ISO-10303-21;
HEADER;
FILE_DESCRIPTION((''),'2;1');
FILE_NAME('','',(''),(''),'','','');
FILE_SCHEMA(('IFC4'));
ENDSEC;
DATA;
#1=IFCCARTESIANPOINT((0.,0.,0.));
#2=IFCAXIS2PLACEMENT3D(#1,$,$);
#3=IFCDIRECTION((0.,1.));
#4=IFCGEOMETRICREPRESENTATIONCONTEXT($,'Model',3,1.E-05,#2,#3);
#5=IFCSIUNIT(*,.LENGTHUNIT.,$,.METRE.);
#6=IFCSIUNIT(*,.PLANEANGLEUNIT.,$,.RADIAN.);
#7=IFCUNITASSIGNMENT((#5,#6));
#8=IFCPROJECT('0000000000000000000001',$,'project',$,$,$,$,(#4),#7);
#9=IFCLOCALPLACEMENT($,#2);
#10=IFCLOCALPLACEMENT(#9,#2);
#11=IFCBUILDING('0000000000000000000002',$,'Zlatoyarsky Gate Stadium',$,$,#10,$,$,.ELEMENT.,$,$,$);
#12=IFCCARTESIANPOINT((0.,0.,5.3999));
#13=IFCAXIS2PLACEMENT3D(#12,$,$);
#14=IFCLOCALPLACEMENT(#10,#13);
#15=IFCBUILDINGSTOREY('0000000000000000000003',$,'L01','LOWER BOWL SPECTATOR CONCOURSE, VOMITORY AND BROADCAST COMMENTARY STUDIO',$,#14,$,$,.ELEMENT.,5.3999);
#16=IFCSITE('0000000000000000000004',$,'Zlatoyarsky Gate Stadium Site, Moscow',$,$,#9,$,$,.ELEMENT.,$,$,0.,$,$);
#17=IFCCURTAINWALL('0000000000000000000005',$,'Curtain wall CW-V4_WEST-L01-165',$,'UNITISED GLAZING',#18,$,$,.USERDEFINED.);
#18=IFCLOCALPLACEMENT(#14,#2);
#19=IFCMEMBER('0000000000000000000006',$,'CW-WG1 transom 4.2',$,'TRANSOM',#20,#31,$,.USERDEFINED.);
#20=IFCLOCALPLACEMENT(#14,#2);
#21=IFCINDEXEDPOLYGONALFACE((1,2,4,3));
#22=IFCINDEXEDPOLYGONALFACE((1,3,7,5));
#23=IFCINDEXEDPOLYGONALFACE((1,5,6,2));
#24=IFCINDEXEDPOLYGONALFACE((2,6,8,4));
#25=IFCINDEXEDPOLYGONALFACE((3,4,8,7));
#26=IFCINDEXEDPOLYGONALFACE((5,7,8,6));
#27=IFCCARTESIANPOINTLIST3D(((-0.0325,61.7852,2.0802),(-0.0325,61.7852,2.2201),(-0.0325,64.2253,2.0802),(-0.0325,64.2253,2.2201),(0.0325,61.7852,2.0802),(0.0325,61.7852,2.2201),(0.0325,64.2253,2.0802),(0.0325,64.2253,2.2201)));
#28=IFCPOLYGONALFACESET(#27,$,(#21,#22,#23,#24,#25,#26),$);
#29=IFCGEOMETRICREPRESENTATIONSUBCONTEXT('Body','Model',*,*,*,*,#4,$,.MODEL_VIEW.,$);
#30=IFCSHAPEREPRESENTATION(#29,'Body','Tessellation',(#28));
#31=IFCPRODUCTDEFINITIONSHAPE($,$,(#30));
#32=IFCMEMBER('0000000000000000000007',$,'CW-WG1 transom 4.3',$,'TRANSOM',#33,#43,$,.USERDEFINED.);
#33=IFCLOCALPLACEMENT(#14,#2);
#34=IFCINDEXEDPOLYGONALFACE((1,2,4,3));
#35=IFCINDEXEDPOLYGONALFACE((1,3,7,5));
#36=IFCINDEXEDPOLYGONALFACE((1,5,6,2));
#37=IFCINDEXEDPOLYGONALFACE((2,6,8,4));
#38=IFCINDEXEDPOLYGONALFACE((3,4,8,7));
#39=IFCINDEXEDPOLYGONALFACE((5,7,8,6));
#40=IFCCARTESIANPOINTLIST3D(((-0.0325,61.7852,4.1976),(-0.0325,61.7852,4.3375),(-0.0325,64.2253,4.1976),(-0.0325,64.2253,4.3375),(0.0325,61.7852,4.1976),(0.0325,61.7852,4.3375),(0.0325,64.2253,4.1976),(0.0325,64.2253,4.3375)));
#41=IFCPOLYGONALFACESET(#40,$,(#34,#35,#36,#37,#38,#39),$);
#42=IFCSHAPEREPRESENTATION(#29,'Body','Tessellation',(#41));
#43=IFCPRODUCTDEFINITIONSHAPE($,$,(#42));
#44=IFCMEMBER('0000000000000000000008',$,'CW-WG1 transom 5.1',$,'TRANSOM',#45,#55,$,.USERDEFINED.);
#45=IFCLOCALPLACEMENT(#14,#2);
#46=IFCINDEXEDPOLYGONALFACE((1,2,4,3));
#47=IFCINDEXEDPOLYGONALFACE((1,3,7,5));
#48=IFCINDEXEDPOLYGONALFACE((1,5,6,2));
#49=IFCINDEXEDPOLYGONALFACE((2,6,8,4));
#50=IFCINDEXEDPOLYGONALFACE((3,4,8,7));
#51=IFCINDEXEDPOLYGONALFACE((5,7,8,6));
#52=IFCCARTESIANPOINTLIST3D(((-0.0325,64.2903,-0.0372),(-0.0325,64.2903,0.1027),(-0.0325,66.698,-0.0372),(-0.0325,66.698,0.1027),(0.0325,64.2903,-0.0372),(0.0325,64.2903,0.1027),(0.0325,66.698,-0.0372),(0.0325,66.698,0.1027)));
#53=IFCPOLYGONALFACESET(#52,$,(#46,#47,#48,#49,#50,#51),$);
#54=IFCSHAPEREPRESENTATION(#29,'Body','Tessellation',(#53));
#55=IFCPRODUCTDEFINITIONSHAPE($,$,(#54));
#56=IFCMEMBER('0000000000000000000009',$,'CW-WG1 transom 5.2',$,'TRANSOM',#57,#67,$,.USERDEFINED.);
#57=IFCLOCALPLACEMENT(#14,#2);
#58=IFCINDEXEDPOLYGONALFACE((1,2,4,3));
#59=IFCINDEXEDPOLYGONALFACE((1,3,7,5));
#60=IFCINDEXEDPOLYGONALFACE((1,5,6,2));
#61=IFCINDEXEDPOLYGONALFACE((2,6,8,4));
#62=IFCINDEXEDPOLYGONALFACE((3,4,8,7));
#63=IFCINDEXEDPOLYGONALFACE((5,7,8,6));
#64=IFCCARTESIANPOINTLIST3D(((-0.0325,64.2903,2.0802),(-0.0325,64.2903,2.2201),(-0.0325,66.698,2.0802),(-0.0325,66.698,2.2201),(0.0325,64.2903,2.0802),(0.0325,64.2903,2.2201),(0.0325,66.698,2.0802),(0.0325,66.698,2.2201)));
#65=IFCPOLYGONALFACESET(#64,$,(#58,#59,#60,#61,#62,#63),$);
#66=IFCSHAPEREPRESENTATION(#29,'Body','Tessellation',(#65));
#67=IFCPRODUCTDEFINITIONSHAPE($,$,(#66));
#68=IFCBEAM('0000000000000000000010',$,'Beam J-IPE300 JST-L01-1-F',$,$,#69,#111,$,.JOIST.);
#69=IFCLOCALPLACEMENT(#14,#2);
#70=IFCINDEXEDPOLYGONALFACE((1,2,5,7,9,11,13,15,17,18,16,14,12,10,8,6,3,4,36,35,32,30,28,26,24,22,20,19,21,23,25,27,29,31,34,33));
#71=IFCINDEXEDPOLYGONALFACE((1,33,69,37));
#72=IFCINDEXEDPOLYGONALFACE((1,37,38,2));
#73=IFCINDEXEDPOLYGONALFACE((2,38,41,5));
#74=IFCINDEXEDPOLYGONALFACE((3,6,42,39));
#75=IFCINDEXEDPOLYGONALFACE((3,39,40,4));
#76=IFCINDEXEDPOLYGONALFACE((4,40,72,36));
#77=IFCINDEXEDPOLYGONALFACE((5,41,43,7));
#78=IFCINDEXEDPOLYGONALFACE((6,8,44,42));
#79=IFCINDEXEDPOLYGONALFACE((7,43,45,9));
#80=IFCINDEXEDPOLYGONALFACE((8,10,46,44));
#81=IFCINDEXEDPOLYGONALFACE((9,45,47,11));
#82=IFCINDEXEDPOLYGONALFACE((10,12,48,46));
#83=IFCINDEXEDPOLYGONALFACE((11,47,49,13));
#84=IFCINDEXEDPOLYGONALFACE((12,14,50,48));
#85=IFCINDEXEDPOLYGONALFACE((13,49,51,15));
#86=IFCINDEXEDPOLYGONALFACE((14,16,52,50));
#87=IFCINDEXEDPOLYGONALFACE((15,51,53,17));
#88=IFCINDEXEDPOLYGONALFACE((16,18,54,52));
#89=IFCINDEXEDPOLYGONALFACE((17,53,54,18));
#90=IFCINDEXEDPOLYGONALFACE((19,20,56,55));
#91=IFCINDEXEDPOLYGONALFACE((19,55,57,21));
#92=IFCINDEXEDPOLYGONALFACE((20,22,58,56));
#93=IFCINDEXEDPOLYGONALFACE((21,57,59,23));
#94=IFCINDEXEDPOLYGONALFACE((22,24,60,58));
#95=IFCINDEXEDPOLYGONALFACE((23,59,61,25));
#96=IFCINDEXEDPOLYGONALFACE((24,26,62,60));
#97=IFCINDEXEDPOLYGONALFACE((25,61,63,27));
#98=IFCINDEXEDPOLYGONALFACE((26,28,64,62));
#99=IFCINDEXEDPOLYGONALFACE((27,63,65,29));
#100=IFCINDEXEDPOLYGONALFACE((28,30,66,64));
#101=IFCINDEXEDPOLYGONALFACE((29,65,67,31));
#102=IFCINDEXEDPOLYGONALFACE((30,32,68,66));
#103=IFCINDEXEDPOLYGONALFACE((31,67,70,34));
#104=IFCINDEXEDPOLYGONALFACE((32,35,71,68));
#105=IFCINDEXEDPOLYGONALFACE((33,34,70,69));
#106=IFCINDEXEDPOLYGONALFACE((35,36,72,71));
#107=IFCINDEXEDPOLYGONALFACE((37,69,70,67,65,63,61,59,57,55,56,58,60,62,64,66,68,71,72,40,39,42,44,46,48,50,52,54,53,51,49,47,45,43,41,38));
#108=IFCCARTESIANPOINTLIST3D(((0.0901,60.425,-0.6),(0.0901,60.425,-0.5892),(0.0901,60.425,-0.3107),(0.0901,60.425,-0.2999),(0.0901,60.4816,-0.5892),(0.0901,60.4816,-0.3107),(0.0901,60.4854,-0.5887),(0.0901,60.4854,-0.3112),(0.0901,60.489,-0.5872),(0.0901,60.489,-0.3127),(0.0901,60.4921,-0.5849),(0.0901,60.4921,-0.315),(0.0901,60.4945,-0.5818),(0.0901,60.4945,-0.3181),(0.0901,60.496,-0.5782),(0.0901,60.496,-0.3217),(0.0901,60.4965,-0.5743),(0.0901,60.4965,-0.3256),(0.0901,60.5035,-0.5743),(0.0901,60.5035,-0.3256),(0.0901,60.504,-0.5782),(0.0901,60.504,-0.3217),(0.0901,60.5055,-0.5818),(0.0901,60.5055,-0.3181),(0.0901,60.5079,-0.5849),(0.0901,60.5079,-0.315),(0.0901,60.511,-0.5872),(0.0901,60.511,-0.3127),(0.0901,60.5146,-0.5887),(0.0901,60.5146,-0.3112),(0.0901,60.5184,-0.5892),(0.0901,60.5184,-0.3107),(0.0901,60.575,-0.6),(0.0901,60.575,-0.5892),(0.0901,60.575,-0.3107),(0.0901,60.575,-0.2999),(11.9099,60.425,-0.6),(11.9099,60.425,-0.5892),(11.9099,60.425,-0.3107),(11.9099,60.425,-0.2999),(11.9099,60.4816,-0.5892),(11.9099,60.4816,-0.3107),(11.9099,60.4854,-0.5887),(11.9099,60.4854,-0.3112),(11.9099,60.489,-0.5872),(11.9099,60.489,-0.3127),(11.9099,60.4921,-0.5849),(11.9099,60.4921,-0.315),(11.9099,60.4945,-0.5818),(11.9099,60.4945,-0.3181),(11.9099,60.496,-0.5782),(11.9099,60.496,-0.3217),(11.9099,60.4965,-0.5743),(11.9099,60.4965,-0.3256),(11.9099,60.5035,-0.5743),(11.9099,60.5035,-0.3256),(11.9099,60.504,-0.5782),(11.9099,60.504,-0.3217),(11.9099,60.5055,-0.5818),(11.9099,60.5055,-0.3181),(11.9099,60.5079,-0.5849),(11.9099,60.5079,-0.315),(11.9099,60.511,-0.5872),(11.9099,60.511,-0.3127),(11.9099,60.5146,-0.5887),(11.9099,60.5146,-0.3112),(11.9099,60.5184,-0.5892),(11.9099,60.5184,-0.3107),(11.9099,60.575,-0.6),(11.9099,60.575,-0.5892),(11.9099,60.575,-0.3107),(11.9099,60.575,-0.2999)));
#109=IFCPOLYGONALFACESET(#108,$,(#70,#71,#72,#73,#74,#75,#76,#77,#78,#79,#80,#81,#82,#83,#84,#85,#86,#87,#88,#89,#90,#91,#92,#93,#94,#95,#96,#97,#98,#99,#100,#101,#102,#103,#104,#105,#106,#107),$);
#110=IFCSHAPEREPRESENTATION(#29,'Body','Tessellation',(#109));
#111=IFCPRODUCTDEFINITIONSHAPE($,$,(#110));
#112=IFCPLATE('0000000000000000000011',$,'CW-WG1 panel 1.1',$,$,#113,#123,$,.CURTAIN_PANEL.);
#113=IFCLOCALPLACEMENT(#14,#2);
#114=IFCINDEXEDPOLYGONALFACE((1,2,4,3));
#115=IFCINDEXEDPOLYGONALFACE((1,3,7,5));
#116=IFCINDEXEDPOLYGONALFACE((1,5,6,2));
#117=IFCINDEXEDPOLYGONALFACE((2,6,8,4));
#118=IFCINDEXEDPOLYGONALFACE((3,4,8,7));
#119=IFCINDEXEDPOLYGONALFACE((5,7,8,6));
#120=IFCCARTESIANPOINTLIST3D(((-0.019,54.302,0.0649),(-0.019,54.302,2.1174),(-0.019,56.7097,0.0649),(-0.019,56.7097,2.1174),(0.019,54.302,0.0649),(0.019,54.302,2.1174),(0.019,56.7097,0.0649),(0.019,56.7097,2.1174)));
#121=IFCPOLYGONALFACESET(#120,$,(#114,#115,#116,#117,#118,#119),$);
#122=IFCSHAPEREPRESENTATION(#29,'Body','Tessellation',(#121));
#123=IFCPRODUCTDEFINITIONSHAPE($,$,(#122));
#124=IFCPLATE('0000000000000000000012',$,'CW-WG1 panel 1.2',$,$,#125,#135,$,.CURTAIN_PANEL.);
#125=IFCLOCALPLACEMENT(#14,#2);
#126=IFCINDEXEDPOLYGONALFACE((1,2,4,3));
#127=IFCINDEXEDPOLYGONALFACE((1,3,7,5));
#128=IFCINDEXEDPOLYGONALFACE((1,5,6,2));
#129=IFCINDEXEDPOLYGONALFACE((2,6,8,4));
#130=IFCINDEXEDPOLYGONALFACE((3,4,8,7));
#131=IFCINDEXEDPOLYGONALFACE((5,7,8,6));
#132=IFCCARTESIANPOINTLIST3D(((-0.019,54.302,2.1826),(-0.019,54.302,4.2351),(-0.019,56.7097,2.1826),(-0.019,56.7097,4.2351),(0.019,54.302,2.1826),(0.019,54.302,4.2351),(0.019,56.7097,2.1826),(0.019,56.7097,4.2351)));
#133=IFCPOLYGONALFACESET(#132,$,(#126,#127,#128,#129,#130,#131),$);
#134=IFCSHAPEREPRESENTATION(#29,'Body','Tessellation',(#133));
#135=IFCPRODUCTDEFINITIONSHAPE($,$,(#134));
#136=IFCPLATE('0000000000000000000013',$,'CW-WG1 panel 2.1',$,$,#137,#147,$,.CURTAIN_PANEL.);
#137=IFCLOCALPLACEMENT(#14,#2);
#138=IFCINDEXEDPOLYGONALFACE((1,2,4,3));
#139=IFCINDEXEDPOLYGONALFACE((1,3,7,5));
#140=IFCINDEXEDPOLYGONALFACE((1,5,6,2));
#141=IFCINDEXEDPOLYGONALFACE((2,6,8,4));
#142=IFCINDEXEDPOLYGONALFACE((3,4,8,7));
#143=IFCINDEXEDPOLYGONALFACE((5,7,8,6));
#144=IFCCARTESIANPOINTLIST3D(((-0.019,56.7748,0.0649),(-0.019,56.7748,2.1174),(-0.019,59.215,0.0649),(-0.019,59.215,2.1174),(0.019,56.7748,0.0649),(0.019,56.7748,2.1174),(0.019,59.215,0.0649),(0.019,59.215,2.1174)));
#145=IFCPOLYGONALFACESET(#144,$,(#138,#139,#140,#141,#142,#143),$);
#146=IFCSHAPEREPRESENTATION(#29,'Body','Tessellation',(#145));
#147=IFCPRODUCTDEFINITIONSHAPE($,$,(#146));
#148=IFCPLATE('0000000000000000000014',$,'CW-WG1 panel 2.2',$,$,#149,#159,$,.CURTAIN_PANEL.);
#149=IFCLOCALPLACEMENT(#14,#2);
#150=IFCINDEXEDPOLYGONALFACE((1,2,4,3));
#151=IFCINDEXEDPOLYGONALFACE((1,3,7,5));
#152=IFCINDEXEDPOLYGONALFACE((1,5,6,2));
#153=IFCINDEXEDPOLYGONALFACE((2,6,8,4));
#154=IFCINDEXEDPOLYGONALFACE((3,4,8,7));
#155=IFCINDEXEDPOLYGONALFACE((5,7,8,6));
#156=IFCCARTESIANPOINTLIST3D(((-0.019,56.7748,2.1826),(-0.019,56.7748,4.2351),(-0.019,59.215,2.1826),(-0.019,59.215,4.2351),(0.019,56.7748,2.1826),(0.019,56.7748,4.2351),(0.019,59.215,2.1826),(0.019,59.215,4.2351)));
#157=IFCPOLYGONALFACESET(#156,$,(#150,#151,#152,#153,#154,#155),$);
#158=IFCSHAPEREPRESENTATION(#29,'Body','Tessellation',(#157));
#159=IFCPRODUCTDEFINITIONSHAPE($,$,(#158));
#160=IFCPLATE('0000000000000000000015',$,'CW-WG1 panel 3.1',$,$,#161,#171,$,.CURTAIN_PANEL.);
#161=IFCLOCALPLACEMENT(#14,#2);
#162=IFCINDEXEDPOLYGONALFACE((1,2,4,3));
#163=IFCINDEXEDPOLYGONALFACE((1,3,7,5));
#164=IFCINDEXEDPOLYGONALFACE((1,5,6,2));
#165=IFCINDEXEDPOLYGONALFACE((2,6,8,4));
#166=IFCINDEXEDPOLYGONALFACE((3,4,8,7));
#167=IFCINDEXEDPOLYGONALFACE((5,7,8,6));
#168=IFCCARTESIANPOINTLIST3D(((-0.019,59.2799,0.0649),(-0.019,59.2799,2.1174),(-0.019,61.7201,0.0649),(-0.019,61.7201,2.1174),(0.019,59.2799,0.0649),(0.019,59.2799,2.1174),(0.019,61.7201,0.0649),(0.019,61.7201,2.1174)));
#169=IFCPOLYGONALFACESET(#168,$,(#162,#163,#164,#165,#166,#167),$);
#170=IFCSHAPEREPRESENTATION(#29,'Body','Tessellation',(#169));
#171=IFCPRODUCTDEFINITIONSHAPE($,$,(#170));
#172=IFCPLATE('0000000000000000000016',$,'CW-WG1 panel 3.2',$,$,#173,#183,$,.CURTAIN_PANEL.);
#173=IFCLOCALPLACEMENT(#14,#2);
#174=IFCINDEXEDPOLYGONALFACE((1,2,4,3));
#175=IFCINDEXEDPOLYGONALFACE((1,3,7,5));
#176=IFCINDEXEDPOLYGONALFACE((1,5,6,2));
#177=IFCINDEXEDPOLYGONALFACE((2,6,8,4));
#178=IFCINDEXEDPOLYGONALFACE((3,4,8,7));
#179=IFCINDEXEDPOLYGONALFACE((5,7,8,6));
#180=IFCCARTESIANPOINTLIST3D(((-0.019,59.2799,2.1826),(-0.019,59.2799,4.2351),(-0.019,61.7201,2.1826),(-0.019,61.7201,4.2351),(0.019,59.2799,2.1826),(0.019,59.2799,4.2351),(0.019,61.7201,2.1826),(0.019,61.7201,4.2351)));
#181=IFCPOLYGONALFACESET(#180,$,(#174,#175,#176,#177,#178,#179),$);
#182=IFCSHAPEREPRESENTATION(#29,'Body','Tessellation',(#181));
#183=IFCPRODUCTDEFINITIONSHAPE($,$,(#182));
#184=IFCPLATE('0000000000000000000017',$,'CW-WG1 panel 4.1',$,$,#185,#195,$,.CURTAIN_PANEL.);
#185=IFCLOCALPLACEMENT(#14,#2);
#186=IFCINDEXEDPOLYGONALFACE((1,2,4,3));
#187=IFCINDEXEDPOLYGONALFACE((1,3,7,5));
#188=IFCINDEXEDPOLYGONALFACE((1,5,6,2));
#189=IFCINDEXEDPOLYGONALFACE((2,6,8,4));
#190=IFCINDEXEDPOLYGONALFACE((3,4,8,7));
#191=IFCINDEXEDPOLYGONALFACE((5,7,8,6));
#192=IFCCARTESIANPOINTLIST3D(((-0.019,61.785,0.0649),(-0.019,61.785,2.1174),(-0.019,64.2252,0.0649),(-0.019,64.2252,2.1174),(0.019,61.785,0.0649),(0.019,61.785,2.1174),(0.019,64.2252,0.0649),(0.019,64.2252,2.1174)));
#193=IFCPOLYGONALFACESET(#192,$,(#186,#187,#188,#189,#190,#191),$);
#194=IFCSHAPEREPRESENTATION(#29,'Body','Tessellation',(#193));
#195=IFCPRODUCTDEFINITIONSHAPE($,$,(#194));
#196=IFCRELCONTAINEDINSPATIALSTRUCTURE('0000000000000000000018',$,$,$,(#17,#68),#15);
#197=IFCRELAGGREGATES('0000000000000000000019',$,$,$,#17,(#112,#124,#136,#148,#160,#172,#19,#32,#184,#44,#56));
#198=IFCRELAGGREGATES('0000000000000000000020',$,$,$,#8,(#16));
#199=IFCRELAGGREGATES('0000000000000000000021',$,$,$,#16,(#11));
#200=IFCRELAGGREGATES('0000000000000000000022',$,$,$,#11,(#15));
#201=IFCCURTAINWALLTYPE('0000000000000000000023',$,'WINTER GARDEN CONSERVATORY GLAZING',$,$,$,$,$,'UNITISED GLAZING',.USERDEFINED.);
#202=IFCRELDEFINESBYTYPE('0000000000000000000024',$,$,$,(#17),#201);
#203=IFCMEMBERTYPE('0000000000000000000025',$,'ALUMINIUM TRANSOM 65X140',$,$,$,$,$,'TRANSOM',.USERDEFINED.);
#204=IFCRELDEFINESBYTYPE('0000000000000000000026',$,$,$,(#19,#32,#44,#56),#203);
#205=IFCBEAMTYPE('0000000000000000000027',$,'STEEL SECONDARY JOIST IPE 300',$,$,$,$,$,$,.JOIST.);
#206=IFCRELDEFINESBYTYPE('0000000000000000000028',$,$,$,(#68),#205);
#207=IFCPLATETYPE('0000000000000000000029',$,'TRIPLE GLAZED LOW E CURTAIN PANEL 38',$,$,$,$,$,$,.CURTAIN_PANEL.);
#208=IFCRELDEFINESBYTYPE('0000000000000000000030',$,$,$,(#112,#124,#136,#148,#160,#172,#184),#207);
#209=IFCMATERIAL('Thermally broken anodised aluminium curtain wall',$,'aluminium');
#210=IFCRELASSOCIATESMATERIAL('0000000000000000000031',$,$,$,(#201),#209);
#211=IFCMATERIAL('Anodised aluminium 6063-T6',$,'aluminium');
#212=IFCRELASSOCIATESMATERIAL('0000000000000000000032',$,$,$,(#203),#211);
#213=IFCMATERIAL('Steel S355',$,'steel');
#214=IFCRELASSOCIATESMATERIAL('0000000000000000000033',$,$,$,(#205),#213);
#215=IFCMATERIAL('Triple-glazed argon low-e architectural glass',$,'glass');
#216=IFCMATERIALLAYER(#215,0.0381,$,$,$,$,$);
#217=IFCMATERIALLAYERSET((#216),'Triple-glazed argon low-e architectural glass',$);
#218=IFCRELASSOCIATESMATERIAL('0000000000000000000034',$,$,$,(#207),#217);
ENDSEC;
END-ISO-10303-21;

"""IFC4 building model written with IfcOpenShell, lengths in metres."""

from ifc_helpers import new_model, si_unit, direction, frame, origin, origin_2d, place, context, subcontext, project, spatial, rectangle, i_section, extrude, material, layer, layer_set, material_profile, profile_set, type_object, element, aggregate, save


model = new_model("IFC4")

# Units and contexts
model_context = context("Model", 3, precision=1e-05, world=origin(), true_north=direction((0.0, 1.0)))
body_context = subcontext(model_context, "Body", "Model", "MODEL_VIEW")
ifc_project = project(units=[si_unit("LENGTHUNIT", "METRE"), si_unit("PLANEANGLEUNIT", "RADIAN")], contexts=[model_context])

# Site, building, storey
site_placement = place(None, origin())
site = spatial("IfcSite", under=ifc_project, at=site_placement, Name="Zlatoyarsky Gate Stadium Site, Moscow", CompositionType="ELEMENT", RefElevation=0.0)
building_placement = place(site_placement, origin())
building = spatial("IfcBuilding", under=site, at=building_placement, Name="Zlatoyarsky Gate Stadium", CompositionType="ELEMENT")
storey_placement = place(building_placement, frame((0.0, 0.0, 5.3999)))
storey = spatial("IfcBuildingStorey", under=building, at=storey_placement, Name="L01", Description="LOWER BOWL SPECTATOR CONCOURSE, VOMITORY AND BROADCAST COMMENTARY STUDIO", CompositionType="ELEMENT", Elevation=5.3999)

# Curtain wall, members
ifc_material_1 = material(Name="Thermally broken anodised aluminium curtain wall", Category="aluminium")
curtain_wall_type = type_object("IfcCurtainWallType", Name="WINTER GARDEN CONSERVATORY GLAZING", ElementType="UNITISED GLAZING", PredefinedType="USERDEFINED", material=ifc_material_1)
curtain_wall_placement = place(storey_placement, origin())
curtain_wall = element("IfcCurtainWall", 1, at=curtain_wall_placement, inside=storey, type_object=curtain_wall_type, Name="Curtain wall CW-V4_WEST-L01-165", ObjectType="UNITISED GLAZING", PredefinedType="USERDEFINED")
ifc_material_2 = material(Name="Anodised aluminium 6063-T6", Category="aluminium")
ifc_material_profile_1 = material_profile(ifc_material_2, rectangle(XDim=0.0649, YDim=0.1399, at=origin_2d()), Name="ALU 65X140")
ifc_profile_set_1 = profile_set([ifc_material_profile_1], Name="Anodised aluminium 6063-T6")
member_type_1 = type_object("IfcMemberType", Name="ALUMINIUM TRANSOM 65X140", ElementType="TRANSOM", PredefinedType="USERDEFINED", material=ifc_profile_set_1)
member_1_placement = place(storey_placement, frame((0.0, 61.7852, 2.1501), z_axis=(0.0, 1.0, 0.0), x_axis=(-1.0, 0.0, 0.0)))
member_1 = element("IfcMember", 2, at=member_1_placement, type_object=member_type_1, Name="CW-WG1 transom 4.2", ObjectType="TRANSOM", PredefinedType="USERDEFINED", context=body_context, shape_type="SweptSolid", body=[
    extrude(rectangle(XDim=0.0649, YDim=0.1399, at=origin_2d()), origin(), (0.0, 0.0, 1.0), 2.4402),
])
member_2_placement = place(storey_placement, frame((0.0, 61.7852, 4.2676), z_axis=(0.0, 1.0, 0.0), x_axis=(-1.0, 0.0, 0.0)))
member_2 = element("IfcMember", 3, at=member_2_placement, type_object=member_type_1, Name="CW-WG1 transom 4.3", ObjectType="TRANSOM", PredefinedType="USERDEFINED", context=body_context, shape_type="SweptSolid", body=[
    extrude(rectangle(XDim=0.0649, YDim=0.1399, at=origin_2d()), origin(), (0.0, 0.0, 1.0), 2.4402),
])
member_3_placement = place(storey_placement, frame((0.0, 64.2903, 0.0327), z_axis=(0.0, 1.0, 0.0), x_axis=(-1.0, 0.0, 0.0)))
member_3 = element("IfcMember", 4, at=member_3_placement, type_object=member_type_1, Name="CW-WG1 transom 5.1", ObjectType="TRANSOM", PredefinedType="USERDEFINED", context=body_context, shape_type="SweptSolid", body=[
    extrude(rectangle(XDim=0.0649, YDim=0.1399, at=origin_2d()), origin(), (0.0, 0.0, 1.0), 2.4077),
])
member_4_placement = place(storey_placement, frame((0.0, 64.2903, 2.1501), z_axis=(0.0, 1.0, 0.0), x_axis=(-1.0, 0.0, 0.0)))
member_4 = element("IfcMember", 5, at=member_4_placement, type_object=member_type_1, Name="CW-WG1 transom 5.2", ObjectType="TRANSOM", PredefinedType="USERDEFINED", context=body_context, shape_type="SweptSolid", body=[
    extrude(rectangle(XDim=0.0649, YDim=0.1399, at=origin_2d()), origin(), (0.0, 0.0, 1.0), 2.4077),
])

# Beam
ifc_material_3 = material(Name="Steel S355", Category="steel")
ifc_material_profile_2 = material_profile(ifc_material_3, i_section(OverallWidth=0.1499, OverallDepth=0.3, WebThickness=0.0071, FlangeThickness=0.0107, FilletRadius=0.0149, at=origin_2d()), Name="IPE 300")
ifc_profile_set_2 = profile_set([ifc_material_profile_2], Name="Steel S355")
beam_type = type_object("IfcBeamType", Name="STEEL SECONDARY JOIST IPE 300", PredefinedType="JOIST", material=ifc_profile_set_2)
beam_placement = place(storey_placement, frame((0.0901, 60.5, -0.45), z_axis=(1.0, 0.0, 0.0), x_axis=(0.0, 1.0, 0.0)))
element("IfcBeam", 6, at=beam_placement, inside=storey, type_object=beam_type, Name="Beam J-IPE300 JST-L01-1-F", PredefinedType="JOIST", context=body_context, shape_type="SweptSolid", body=[
    extrude(i_section(OverallWidth=0.1499, OverallDepth=0.3, WebThickness=0.0071, FlangeThickness=0.0107, FilletRadius=0.0149, at=origin_2d()), origin(), (0.0, 0.0, 1.0), 11.8198),
])

# Plates
ifc_material_4 = material(Name="Triple-glazed argon low-e architectural glass", Category="glass")
ifc_layer = layer(ifc_material_4, 0.0381)
ifc_layer_set = layer_set([ifc_layer], Name="Triple-glazed argon low-e architectural glass")
plate_type = type_object("IfcPlateType", Name="TRIPLE GLAZED LOW E CURTAIN PANEL 38", PredefinedType="CURTAIN_PANEL", material=ifc_layer_set)
plate_1_placement = place(storey_placement, frame((0.0, 55.5059, 0.0649), z_axis=(0.0, 0.0, 1.0), x_axis=(0.0, 1.0, 0.0)))
plate_1 = element("IfcPlate", 7, at=plate_1_placement, type_object=plate_type, Name="CW-WG1 panel 1.1", PredefinedType="CURTAIN_PANEL", context=body_context, shape_type="SweptSolid", body=[
    extrude(rectangle(XDim=2.4077, YDim=0.0381, at=origin_2d()), origin(), (0.0, 0.0, 1.0), 2.0525),
])
plate_2_placement = place(storey_placement, frame((0.0, 55.5059, 2.1826), z_axis=(0.0, 0.0, 1.0), x_axis=(0.0, 1.0, 0.0)))
plate_2 = element("IfcPlate", 8, at=plate_2_placement, type_object=plate_type, Name="CW-WG1 panel 1.2", PredefinedType="CURTAIN_PANEL", context=body_context, shape_type="SweptSolid", body=[
    extrude(rectangle(XDim=2.4077, YDim=0.0381, at=origin_2d()), origin(), (0.0, 0.0, 1.0), 2.0525),
])
plate_3_placement = place(storey_placement, frame((0.0, 57.9949, 0.0649), z_axis=(0.0, 0.0, 1.0), x_axis=(0.0, 1.0, 0.0)))
plate_3 = element("IfcPlate", 9, at=plate_3_placement, type_object=plate_type, Name="CW-WG1 panel 2.1", PredefinedType="CURTAIN_PANEL", context=body_context, shape_type="SweptSolid", body=[
    extrude(rectangle(XDim=2.4402, YDim=0.0381, at=origin_2d()), origin(), (0.0, 0.0, 1.0), 2.0525),
])
plate_4_placement = place(storey_placement, frame((0.0, 57.9949, 2.1826), z_axis=(0.0, 0.0, 1.0), x_axis=(0.0, 1.0, 0.0)))
plate_4 = element("IfcPlate", 10, at=plate_4_placement, type_object=plate_type, Name="CW-WG1 panel 2.2", PredefinedType="CURTAIN_PANEL", context=body_context, shape_type="SweptSolid", body=[
    extrude(rectangle(XDim=2.4402, YDim=0.0381, at=origin_2d()), origin(), (0.0, 0.0, 1.0), 2.0525),
])
plate_5_placement = place(storey_placement, frame((0.0, 60.5, 0.0649), z_axis=(0.0, 0.0, 1.0), x_axis=(0.0, 1.0, 0.0)))
plate_5 = element("IfcPlate", 11, at=plate_5_placement, type_object=plate_type, Name="CW-WG1 panel 3.1", PredefinedType="CURTAIN_PANEL", context=body_context, shape_type="SweptSolid", body=[
    extrude(rectangle(XDim=2.4402, YDim=0.0381, at=origin_2d()), origin(), (0.0, 0.0, 1.0), 2.0525),
])
plate_6_placement = place(storey_placement, frame((0.0, 60.5, 2.1826), z_axis=(0.0, 0.0, 1.0), x_axis=(0.0, 1.0, 0.0)))
plate_6 = element("IfcPlate", 12, at=plate_6_placement, type_object=plate_type, Name="CW-WG1 panel 3.2", PredefinedType="CURTAIN_PANEL", context=body_context, shape_type="SweptSolid", body=[
    extrude(rectangle(XDim=2.4402, YDim=0.0381, at=origin_2d()), origin(), (0.0, 0.0, 1.0), 2.0525),
])
plate_7_placement = place(storey_placement, frame((0.0, 63.0051, 0.0649), z_axis=(0.0, 0.0, 1.0), x_axis=(0.0, 1.0, 0.0)))
plate_7 = element("IfcPlate", 13, at=plate_7_placement, type_object=plate_type, Name="CW-WG1 panel 4.1", PredefinedType="CURTAIN_PANEL", context=body_context, shape_type="SweptSolid", body=[
    extrude(rectangle(XDim=2.4402, YDim=0.0381, at=origin_2d()), origin(), (0.0, 0.0, 1.0), 2.0525),
])
aggregate(curtain_wall, [plate_1, plate_2, plate_3, plate_4, plate_5, plate_6, member_1, member_2, plate_7, member_3, member_4])

save(model, "model.ifc")
